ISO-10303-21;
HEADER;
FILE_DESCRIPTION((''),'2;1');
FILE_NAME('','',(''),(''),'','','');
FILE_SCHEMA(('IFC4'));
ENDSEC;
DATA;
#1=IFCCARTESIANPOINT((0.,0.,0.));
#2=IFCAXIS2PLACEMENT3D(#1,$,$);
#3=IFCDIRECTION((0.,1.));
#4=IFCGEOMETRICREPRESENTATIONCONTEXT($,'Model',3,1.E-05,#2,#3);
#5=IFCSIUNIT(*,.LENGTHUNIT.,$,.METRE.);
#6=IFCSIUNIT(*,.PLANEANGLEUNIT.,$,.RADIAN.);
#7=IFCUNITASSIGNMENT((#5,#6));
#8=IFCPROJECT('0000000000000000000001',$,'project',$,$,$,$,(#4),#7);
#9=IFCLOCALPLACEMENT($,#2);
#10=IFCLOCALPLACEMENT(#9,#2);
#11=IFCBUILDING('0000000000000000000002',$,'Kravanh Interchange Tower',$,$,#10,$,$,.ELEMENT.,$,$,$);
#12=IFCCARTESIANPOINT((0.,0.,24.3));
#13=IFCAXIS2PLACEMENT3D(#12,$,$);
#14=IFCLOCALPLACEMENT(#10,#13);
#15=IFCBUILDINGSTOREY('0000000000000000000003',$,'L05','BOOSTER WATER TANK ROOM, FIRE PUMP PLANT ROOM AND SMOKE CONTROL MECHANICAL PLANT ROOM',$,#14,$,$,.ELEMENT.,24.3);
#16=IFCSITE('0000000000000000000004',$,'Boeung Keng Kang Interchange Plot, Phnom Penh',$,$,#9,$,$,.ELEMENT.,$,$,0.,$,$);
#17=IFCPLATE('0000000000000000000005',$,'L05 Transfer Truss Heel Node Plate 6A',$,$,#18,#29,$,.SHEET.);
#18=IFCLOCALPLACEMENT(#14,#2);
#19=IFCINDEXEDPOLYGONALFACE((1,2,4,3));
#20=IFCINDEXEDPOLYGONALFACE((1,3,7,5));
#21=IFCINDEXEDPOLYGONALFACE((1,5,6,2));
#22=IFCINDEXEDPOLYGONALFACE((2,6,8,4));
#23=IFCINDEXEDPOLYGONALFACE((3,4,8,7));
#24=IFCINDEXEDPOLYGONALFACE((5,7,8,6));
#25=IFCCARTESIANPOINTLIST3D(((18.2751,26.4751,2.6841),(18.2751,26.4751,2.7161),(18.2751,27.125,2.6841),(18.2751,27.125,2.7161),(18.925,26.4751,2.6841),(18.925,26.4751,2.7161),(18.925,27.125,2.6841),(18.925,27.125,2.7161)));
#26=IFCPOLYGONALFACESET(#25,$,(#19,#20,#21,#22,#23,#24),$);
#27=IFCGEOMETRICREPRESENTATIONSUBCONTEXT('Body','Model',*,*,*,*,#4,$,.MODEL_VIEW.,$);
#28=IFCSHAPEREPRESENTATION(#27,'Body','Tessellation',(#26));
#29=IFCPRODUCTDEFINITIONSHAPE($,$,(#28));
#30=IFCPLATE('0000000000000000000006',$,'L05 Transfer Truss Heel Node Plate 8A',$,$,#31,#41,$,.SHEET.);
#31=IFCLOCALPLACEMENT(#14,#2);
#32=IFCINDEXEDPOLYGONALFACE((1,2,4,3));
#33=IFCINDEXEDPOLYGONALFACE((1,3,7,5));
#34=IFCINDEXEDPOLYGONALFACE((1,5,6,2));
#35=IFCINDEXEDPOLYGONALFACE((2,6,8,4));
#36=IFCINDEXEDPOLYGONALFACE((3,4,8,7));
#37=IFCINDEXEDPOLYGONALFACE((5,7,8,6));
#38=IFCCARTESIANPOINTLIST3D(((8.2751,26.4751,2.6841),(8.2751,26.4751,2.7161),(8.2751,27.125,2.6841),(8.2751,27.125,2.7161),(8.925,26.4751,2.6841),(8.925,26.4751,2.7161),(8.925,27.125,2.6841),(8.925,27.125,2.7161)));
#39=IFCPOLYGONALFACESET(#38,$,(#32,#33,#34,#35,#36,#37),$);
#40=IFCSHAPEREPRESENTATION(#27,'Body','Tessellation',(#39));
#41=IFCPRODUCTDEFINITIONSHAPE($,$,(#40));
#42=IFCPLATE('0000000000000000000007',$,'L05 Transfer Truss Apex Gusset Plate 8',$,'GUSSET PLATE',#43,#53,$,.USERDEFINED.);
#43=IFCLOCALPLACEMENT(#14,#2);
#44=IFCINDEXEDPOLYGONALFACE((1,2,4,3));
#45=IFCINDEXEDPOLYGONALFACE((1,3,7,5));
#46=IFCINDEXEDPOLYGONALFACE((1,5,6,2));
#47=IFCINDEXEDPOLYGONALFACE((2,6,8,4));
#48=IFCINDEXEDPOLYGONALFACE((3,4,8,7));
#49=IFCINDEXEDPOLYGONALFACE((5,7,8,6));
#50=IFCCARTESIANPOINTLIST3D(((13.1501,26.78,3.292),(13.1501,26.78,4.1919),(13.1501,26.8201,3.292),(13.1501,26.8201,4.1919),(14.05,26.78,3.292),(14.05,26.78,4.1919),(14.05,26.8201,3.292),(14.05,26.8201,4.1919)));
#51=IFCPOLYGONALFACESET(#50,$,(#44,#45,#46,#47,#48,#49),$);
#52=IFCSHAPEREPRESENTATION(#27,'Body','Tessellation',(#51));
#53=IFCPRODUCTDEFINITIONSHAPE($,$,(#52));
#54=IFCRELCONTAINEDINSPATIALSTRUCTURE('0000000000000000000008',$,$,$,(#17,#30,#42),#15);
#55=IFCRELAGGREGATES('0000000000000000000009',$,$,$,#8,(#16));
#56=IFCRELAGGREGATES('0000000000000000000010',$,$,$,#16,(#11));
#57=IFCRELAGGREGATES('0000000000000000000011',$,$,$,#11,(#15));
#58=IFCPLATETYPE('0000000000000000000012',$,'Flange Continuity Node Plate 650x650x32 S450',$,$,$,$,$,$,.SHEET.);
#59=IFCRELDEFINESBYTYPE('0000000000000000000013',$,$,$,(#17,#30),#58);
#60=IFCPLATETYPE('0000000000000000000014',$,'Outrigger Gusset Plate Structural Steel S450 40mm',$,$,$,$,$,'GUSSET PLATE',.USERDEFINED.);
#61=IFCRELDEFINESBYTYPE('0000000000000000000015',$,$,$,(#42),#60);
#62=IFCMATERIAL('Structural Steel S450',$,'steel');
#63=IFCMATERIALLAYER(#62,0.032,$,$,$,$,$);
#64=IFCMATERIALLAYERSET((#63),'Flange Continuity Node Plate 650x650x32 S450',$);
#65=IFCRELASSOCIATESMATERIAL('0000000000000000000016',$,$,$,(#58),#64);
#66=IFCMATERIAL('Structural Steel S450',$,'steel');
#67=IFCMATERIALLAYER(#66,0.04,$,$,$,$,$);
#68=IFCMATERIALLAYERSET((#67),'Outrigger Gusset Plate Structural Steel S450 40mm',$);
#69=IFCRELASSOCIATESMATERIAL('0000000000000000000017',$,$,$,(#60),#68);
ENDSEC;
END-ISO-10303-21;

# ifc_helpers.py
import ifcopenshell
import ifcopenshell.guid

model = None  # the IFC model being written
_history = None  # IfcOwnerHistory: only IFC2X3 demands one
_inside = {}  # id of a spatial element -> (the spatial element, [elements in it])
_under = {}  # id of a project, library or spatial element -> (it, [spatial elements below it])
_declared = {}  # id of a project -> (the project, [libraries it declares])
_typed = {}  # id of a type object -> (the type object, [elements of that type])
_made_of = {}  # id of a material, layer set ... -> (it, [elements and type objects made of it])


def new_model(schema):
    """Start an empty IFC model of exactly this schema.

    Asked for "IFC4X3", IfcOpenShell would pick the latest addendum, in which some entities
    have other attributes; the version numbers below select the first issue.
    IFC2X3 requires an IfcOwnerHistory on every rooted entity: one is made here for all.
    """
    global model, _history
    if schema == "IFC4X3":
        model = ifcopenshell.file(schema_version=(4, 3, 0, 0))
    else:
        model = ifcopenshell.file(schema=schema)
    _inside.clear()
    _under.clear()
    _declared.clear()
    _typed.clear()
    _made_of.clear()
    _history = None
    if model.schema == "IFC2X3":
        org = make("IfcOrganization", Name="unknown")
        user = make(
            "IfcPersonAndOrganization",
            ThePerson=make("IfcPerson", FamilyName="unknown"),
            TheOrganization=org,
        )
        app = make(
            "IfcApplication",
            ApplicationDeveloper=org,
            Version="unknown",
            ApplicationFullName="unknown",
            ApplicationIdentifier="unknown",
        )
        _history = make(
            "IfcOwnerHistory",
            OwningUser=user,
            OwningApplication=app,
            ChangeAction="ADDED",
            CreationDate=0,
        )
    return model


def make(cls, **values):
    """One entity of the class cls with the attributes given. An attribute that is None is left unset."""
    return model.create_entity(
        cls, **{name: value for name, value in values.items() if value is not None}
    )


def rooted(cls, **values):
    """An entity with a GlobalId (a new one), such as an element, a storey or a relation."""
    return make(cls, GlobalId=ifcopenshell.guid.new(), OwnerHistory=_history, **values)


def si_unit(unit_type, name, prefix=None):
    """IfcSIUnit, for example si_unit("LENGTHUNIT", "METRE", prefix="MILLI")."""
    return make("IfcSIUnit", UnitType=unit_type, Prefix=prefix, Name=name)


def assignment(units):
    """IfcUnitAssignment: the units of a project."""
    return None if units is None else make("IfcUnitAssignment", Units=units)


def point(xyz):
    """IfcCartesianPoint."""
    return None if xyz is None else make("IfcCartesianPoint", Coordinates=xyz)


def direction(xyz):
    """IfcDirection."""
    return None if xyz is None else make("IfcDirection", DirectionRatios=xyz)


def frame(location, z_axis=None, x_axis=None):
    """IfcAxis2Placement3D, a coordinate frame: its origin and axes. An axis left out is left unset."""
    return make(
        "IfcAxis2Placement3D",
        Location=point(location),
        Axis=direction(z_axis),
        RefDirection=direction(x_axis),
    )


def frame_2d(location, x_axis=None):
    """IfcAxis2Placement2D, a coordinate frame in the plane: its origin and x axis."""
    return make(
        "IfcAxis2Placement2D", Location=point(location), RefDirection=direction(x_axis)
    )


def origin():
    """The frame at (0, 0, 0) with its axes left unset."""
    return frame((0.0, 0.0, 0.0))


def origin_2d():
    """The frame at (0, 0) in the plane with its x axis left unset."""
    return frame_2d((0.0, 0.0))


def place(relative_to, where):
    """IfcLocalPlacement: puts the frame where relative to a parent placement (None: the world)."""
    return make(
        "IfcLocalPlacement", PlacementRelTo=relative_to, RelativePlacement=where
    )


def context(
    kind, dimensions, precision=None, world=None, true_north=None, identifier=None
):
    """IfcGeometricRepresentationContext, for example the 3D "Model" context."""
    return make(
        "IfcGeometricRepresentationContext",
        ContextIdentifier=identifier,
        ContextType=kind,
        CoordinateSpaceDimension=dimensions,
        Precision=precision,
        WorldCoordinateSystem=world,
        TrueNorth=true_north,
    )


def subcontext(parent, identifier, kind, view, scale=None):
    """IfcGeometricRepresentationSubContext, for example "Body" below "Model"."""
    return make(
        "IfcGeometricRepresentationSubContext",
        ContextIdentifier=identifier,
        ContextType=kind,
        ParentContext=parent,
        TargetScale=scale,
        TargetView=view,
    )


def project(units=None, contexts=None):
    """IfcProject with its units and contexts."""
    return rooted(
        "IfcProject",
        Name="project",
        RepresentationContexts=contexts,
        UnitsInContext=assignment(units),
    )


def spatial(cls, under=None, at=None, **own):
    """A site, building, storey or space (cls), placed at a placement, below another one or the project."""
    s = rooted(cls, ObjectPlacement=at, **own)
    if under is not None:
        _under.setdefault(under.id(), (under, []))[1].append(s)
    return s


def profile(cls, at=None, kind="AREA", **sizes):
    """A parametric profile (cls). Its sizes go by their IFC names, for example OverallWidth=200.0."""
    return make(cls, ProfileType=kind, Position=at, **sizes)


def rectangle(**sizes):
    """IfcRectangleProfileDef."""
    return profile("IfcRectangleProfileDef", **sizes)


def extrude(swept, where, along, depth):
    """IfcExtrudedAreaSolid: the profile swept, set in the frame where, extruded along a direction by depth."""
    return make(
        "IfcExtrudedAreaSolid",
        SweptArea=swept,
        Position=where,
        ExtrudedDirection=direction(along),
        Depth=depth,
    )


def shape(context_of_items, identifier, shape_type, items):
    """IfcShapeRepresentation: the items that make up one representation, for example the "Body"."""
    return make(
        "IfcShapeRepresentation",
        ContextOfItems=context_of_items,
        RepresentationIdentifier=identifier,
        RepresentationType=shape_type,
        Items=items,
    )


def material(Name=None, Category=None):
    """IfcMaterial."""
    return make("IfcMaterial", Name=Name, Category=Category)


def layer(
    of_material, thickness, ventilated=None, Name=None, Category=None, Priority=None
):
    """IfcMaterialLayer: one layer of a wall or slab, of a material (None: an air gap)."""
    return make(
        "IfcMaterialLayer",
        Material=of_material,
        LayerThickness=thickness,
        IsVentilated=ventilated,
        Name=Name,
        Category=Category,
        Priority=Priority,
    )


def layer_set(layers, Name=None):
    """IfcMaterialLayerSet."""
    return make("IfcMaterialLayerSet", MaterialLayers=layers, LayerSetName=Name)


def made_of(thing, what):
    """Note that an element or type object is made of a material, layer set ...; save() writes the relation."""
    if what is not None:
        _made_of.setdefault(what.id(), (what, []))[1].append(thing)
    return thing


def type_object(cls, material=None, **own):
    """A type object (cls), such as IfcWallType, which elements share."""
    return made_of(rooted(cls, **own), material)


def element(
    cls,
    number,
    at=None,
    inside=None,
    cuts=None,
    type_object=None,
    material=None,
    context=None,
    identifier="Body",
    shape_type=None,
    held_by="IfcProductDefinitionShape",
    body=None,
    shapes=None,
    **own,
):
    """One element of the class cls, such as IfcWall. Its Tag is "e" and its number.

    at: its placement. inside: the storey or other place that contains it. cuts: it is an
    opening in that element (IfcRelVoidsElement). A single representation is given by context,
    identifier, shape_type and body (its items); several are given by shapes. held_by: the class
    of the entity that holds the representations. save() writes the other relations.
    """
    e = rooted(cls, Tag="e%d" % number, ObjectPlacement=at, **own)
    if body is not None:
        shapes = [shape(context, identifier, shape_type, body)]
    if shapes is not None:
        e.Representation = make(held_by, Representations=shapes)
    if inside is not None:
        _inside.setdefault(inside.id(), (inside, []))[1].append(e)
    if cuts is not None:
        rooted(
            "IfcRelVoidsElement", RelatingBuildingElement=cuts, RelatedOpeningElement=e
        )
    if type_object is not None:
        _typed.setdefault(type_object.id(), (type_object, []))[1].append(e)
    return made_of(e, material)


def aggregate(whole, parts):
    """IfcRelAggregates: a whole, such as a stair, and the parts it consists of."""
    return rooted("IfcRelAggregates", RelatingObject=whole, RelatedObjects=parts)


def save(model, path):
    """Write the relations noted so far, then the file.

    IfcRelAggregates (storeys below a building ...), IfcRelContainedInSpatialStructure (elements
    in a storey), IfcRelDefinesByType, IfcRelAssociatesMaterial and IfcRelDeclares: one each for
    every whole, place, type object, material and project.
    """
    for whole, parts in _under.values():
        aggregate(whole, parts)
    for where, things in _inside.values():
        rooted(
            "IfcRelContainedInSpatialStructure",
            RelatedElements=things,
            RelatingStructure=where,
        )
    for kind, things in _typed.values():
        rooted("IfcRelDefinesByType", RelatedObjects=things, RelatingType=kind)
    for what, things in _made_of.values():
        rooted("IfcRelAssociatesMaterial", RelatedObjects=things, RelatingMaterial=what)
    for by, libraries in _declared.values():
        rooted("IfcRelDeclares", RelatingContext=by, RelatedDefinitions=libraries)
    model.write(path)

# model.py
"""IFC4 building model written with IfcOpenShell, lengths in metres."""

from ifc_helpers import new_model, si_unit, direction, frame, origin, origin_2d, place, context, subcontext, project, spatial, rectangle, extrude, material, layer, layer_set, type_object, element, save


model = new_model("IFC4")

# Units and contexts
model_context = context("Model", 3, precision=1e-05, world=origin(), true_north=direction((0.0, 1.0)))
body_context = subcontext(model_context, "Body", "Model", "MODEL_VIEW")
ifc_project = project(units=[si_unit("LENGTHUNIT", "METRE"), si_unit("PLANEANGLEUNIT", "RADIAN")], contexts=[model_context])

# Site, building, storey
site_placement = place(None, origin())
site = spatial("IfcSite", under=ifc_project, at=site_placement, Name="Boeung Keng Kang Interchange Plot, Phnom Penh", CompositionType="ELEMENT", RefElevation=0.0)
building_placement = place(site_placement, origin())
building = spatial("IfcBuilding", under=site, at=building_placement, Name="Kravanh Interchange Tower", CompositionType="ELEMENT")
storey_placement = place(building_placement, frame((0.0, 0.0, 24.3)))
storey = spatial("IfcBuildingStorey", under=building, at=storey_placement, Name="L05", Description="BOOSTER WATER TANK ROOM, FIRE PUMP PLANT ROOM AND SMOKE CONTROL MECHANICAL PLANT ROOM", CompositionType="ELEMENT", Elevation=24.3)

# Plates
ifc_material_1 = material(Name="Structural Steel S450", Category="steel")
ifc_layer_1 = layer(ifc_material_1, 0.032)
ifc_layer_set_1 = layer_set([ifc_layer_1], Name="Flange Continuity Node Plate 650x650x32 S450")
plate_type_1 = type_object("IfcPlateType", Name="Flange Continuity Node Plate 650x650x32 S450", PredefinedType="SHEET", material=ifc_layer_set_1)
for number, where, z_axis, x_axis, name in (
    (1, (18.6001, 26.8, 2.6841), (0.0, 0.0, 1.0), (1.0, 0.0, 0.0), "L05 Transfer Truss Heel Node Plate 6A"),
    (2, (8.6001, 26.8, 2.6841), (0.0, 0.0, 1.0), (1.0, 0.0, 0.0), "L05 Transfer Truss Heel Node Plate 8A"),
):
    element("IfcPlate", number, at=place(storey_placement, frame(where, z_axis=z_axis, x_axis=x_axis)), inside=storey, type_object=plate_type_1, Name=name, PredefinedType="SHEET", context=body_context, shape_type="SweptSolid", body=[
        extrude(rectangle(XDim=0.6499, YDim=0.6499, at=origin_2d()), origin(), (0.0, 0.0, 1.0), 0.032),
    ])
ifc_material_2 = material(Name="Structural Steel S450", Category="steel")
ifc_layer_2 = layer(ifc_material_2, 0.04)
ifc_layer_set_2 = layer_set([ifc_layer_2], Name="Outrigger Gusset Plate Structural Steel S450 40mm")
plate_type_2 = type_object("IfcPlateType", Name="Outrigger Gusset Plate Structural Steel S450 40mm", ElementType="GUSSET PLATE", PredefinedType="USERDEFINED", material=ifc_layer_set_2)
plate_placement = place(storey_placement, frame((13.6001, 26.8, 3.292), z_axis=(0.0, 0.0, 1.0), x_axis=(1.0, 0.0, 0.0)))
element("IfcPlate", 3, at=plate_placement, inside=storey, type_object=plate_type_2, Name="L05 Transfer Truss Apex Gusset Plate 8", ObjectType="GUSSET PLATE", PredefinedType="USERDEFINED", context=body_context, shape_type="SweptSolid", body=[
    extrude(rectangle(XDim=0.8999, YDim=0.04, at=origin_2d()), origin(), (0.0, 0.0, 1.0), 0.8999),
])

save(model, "model.ifc")
